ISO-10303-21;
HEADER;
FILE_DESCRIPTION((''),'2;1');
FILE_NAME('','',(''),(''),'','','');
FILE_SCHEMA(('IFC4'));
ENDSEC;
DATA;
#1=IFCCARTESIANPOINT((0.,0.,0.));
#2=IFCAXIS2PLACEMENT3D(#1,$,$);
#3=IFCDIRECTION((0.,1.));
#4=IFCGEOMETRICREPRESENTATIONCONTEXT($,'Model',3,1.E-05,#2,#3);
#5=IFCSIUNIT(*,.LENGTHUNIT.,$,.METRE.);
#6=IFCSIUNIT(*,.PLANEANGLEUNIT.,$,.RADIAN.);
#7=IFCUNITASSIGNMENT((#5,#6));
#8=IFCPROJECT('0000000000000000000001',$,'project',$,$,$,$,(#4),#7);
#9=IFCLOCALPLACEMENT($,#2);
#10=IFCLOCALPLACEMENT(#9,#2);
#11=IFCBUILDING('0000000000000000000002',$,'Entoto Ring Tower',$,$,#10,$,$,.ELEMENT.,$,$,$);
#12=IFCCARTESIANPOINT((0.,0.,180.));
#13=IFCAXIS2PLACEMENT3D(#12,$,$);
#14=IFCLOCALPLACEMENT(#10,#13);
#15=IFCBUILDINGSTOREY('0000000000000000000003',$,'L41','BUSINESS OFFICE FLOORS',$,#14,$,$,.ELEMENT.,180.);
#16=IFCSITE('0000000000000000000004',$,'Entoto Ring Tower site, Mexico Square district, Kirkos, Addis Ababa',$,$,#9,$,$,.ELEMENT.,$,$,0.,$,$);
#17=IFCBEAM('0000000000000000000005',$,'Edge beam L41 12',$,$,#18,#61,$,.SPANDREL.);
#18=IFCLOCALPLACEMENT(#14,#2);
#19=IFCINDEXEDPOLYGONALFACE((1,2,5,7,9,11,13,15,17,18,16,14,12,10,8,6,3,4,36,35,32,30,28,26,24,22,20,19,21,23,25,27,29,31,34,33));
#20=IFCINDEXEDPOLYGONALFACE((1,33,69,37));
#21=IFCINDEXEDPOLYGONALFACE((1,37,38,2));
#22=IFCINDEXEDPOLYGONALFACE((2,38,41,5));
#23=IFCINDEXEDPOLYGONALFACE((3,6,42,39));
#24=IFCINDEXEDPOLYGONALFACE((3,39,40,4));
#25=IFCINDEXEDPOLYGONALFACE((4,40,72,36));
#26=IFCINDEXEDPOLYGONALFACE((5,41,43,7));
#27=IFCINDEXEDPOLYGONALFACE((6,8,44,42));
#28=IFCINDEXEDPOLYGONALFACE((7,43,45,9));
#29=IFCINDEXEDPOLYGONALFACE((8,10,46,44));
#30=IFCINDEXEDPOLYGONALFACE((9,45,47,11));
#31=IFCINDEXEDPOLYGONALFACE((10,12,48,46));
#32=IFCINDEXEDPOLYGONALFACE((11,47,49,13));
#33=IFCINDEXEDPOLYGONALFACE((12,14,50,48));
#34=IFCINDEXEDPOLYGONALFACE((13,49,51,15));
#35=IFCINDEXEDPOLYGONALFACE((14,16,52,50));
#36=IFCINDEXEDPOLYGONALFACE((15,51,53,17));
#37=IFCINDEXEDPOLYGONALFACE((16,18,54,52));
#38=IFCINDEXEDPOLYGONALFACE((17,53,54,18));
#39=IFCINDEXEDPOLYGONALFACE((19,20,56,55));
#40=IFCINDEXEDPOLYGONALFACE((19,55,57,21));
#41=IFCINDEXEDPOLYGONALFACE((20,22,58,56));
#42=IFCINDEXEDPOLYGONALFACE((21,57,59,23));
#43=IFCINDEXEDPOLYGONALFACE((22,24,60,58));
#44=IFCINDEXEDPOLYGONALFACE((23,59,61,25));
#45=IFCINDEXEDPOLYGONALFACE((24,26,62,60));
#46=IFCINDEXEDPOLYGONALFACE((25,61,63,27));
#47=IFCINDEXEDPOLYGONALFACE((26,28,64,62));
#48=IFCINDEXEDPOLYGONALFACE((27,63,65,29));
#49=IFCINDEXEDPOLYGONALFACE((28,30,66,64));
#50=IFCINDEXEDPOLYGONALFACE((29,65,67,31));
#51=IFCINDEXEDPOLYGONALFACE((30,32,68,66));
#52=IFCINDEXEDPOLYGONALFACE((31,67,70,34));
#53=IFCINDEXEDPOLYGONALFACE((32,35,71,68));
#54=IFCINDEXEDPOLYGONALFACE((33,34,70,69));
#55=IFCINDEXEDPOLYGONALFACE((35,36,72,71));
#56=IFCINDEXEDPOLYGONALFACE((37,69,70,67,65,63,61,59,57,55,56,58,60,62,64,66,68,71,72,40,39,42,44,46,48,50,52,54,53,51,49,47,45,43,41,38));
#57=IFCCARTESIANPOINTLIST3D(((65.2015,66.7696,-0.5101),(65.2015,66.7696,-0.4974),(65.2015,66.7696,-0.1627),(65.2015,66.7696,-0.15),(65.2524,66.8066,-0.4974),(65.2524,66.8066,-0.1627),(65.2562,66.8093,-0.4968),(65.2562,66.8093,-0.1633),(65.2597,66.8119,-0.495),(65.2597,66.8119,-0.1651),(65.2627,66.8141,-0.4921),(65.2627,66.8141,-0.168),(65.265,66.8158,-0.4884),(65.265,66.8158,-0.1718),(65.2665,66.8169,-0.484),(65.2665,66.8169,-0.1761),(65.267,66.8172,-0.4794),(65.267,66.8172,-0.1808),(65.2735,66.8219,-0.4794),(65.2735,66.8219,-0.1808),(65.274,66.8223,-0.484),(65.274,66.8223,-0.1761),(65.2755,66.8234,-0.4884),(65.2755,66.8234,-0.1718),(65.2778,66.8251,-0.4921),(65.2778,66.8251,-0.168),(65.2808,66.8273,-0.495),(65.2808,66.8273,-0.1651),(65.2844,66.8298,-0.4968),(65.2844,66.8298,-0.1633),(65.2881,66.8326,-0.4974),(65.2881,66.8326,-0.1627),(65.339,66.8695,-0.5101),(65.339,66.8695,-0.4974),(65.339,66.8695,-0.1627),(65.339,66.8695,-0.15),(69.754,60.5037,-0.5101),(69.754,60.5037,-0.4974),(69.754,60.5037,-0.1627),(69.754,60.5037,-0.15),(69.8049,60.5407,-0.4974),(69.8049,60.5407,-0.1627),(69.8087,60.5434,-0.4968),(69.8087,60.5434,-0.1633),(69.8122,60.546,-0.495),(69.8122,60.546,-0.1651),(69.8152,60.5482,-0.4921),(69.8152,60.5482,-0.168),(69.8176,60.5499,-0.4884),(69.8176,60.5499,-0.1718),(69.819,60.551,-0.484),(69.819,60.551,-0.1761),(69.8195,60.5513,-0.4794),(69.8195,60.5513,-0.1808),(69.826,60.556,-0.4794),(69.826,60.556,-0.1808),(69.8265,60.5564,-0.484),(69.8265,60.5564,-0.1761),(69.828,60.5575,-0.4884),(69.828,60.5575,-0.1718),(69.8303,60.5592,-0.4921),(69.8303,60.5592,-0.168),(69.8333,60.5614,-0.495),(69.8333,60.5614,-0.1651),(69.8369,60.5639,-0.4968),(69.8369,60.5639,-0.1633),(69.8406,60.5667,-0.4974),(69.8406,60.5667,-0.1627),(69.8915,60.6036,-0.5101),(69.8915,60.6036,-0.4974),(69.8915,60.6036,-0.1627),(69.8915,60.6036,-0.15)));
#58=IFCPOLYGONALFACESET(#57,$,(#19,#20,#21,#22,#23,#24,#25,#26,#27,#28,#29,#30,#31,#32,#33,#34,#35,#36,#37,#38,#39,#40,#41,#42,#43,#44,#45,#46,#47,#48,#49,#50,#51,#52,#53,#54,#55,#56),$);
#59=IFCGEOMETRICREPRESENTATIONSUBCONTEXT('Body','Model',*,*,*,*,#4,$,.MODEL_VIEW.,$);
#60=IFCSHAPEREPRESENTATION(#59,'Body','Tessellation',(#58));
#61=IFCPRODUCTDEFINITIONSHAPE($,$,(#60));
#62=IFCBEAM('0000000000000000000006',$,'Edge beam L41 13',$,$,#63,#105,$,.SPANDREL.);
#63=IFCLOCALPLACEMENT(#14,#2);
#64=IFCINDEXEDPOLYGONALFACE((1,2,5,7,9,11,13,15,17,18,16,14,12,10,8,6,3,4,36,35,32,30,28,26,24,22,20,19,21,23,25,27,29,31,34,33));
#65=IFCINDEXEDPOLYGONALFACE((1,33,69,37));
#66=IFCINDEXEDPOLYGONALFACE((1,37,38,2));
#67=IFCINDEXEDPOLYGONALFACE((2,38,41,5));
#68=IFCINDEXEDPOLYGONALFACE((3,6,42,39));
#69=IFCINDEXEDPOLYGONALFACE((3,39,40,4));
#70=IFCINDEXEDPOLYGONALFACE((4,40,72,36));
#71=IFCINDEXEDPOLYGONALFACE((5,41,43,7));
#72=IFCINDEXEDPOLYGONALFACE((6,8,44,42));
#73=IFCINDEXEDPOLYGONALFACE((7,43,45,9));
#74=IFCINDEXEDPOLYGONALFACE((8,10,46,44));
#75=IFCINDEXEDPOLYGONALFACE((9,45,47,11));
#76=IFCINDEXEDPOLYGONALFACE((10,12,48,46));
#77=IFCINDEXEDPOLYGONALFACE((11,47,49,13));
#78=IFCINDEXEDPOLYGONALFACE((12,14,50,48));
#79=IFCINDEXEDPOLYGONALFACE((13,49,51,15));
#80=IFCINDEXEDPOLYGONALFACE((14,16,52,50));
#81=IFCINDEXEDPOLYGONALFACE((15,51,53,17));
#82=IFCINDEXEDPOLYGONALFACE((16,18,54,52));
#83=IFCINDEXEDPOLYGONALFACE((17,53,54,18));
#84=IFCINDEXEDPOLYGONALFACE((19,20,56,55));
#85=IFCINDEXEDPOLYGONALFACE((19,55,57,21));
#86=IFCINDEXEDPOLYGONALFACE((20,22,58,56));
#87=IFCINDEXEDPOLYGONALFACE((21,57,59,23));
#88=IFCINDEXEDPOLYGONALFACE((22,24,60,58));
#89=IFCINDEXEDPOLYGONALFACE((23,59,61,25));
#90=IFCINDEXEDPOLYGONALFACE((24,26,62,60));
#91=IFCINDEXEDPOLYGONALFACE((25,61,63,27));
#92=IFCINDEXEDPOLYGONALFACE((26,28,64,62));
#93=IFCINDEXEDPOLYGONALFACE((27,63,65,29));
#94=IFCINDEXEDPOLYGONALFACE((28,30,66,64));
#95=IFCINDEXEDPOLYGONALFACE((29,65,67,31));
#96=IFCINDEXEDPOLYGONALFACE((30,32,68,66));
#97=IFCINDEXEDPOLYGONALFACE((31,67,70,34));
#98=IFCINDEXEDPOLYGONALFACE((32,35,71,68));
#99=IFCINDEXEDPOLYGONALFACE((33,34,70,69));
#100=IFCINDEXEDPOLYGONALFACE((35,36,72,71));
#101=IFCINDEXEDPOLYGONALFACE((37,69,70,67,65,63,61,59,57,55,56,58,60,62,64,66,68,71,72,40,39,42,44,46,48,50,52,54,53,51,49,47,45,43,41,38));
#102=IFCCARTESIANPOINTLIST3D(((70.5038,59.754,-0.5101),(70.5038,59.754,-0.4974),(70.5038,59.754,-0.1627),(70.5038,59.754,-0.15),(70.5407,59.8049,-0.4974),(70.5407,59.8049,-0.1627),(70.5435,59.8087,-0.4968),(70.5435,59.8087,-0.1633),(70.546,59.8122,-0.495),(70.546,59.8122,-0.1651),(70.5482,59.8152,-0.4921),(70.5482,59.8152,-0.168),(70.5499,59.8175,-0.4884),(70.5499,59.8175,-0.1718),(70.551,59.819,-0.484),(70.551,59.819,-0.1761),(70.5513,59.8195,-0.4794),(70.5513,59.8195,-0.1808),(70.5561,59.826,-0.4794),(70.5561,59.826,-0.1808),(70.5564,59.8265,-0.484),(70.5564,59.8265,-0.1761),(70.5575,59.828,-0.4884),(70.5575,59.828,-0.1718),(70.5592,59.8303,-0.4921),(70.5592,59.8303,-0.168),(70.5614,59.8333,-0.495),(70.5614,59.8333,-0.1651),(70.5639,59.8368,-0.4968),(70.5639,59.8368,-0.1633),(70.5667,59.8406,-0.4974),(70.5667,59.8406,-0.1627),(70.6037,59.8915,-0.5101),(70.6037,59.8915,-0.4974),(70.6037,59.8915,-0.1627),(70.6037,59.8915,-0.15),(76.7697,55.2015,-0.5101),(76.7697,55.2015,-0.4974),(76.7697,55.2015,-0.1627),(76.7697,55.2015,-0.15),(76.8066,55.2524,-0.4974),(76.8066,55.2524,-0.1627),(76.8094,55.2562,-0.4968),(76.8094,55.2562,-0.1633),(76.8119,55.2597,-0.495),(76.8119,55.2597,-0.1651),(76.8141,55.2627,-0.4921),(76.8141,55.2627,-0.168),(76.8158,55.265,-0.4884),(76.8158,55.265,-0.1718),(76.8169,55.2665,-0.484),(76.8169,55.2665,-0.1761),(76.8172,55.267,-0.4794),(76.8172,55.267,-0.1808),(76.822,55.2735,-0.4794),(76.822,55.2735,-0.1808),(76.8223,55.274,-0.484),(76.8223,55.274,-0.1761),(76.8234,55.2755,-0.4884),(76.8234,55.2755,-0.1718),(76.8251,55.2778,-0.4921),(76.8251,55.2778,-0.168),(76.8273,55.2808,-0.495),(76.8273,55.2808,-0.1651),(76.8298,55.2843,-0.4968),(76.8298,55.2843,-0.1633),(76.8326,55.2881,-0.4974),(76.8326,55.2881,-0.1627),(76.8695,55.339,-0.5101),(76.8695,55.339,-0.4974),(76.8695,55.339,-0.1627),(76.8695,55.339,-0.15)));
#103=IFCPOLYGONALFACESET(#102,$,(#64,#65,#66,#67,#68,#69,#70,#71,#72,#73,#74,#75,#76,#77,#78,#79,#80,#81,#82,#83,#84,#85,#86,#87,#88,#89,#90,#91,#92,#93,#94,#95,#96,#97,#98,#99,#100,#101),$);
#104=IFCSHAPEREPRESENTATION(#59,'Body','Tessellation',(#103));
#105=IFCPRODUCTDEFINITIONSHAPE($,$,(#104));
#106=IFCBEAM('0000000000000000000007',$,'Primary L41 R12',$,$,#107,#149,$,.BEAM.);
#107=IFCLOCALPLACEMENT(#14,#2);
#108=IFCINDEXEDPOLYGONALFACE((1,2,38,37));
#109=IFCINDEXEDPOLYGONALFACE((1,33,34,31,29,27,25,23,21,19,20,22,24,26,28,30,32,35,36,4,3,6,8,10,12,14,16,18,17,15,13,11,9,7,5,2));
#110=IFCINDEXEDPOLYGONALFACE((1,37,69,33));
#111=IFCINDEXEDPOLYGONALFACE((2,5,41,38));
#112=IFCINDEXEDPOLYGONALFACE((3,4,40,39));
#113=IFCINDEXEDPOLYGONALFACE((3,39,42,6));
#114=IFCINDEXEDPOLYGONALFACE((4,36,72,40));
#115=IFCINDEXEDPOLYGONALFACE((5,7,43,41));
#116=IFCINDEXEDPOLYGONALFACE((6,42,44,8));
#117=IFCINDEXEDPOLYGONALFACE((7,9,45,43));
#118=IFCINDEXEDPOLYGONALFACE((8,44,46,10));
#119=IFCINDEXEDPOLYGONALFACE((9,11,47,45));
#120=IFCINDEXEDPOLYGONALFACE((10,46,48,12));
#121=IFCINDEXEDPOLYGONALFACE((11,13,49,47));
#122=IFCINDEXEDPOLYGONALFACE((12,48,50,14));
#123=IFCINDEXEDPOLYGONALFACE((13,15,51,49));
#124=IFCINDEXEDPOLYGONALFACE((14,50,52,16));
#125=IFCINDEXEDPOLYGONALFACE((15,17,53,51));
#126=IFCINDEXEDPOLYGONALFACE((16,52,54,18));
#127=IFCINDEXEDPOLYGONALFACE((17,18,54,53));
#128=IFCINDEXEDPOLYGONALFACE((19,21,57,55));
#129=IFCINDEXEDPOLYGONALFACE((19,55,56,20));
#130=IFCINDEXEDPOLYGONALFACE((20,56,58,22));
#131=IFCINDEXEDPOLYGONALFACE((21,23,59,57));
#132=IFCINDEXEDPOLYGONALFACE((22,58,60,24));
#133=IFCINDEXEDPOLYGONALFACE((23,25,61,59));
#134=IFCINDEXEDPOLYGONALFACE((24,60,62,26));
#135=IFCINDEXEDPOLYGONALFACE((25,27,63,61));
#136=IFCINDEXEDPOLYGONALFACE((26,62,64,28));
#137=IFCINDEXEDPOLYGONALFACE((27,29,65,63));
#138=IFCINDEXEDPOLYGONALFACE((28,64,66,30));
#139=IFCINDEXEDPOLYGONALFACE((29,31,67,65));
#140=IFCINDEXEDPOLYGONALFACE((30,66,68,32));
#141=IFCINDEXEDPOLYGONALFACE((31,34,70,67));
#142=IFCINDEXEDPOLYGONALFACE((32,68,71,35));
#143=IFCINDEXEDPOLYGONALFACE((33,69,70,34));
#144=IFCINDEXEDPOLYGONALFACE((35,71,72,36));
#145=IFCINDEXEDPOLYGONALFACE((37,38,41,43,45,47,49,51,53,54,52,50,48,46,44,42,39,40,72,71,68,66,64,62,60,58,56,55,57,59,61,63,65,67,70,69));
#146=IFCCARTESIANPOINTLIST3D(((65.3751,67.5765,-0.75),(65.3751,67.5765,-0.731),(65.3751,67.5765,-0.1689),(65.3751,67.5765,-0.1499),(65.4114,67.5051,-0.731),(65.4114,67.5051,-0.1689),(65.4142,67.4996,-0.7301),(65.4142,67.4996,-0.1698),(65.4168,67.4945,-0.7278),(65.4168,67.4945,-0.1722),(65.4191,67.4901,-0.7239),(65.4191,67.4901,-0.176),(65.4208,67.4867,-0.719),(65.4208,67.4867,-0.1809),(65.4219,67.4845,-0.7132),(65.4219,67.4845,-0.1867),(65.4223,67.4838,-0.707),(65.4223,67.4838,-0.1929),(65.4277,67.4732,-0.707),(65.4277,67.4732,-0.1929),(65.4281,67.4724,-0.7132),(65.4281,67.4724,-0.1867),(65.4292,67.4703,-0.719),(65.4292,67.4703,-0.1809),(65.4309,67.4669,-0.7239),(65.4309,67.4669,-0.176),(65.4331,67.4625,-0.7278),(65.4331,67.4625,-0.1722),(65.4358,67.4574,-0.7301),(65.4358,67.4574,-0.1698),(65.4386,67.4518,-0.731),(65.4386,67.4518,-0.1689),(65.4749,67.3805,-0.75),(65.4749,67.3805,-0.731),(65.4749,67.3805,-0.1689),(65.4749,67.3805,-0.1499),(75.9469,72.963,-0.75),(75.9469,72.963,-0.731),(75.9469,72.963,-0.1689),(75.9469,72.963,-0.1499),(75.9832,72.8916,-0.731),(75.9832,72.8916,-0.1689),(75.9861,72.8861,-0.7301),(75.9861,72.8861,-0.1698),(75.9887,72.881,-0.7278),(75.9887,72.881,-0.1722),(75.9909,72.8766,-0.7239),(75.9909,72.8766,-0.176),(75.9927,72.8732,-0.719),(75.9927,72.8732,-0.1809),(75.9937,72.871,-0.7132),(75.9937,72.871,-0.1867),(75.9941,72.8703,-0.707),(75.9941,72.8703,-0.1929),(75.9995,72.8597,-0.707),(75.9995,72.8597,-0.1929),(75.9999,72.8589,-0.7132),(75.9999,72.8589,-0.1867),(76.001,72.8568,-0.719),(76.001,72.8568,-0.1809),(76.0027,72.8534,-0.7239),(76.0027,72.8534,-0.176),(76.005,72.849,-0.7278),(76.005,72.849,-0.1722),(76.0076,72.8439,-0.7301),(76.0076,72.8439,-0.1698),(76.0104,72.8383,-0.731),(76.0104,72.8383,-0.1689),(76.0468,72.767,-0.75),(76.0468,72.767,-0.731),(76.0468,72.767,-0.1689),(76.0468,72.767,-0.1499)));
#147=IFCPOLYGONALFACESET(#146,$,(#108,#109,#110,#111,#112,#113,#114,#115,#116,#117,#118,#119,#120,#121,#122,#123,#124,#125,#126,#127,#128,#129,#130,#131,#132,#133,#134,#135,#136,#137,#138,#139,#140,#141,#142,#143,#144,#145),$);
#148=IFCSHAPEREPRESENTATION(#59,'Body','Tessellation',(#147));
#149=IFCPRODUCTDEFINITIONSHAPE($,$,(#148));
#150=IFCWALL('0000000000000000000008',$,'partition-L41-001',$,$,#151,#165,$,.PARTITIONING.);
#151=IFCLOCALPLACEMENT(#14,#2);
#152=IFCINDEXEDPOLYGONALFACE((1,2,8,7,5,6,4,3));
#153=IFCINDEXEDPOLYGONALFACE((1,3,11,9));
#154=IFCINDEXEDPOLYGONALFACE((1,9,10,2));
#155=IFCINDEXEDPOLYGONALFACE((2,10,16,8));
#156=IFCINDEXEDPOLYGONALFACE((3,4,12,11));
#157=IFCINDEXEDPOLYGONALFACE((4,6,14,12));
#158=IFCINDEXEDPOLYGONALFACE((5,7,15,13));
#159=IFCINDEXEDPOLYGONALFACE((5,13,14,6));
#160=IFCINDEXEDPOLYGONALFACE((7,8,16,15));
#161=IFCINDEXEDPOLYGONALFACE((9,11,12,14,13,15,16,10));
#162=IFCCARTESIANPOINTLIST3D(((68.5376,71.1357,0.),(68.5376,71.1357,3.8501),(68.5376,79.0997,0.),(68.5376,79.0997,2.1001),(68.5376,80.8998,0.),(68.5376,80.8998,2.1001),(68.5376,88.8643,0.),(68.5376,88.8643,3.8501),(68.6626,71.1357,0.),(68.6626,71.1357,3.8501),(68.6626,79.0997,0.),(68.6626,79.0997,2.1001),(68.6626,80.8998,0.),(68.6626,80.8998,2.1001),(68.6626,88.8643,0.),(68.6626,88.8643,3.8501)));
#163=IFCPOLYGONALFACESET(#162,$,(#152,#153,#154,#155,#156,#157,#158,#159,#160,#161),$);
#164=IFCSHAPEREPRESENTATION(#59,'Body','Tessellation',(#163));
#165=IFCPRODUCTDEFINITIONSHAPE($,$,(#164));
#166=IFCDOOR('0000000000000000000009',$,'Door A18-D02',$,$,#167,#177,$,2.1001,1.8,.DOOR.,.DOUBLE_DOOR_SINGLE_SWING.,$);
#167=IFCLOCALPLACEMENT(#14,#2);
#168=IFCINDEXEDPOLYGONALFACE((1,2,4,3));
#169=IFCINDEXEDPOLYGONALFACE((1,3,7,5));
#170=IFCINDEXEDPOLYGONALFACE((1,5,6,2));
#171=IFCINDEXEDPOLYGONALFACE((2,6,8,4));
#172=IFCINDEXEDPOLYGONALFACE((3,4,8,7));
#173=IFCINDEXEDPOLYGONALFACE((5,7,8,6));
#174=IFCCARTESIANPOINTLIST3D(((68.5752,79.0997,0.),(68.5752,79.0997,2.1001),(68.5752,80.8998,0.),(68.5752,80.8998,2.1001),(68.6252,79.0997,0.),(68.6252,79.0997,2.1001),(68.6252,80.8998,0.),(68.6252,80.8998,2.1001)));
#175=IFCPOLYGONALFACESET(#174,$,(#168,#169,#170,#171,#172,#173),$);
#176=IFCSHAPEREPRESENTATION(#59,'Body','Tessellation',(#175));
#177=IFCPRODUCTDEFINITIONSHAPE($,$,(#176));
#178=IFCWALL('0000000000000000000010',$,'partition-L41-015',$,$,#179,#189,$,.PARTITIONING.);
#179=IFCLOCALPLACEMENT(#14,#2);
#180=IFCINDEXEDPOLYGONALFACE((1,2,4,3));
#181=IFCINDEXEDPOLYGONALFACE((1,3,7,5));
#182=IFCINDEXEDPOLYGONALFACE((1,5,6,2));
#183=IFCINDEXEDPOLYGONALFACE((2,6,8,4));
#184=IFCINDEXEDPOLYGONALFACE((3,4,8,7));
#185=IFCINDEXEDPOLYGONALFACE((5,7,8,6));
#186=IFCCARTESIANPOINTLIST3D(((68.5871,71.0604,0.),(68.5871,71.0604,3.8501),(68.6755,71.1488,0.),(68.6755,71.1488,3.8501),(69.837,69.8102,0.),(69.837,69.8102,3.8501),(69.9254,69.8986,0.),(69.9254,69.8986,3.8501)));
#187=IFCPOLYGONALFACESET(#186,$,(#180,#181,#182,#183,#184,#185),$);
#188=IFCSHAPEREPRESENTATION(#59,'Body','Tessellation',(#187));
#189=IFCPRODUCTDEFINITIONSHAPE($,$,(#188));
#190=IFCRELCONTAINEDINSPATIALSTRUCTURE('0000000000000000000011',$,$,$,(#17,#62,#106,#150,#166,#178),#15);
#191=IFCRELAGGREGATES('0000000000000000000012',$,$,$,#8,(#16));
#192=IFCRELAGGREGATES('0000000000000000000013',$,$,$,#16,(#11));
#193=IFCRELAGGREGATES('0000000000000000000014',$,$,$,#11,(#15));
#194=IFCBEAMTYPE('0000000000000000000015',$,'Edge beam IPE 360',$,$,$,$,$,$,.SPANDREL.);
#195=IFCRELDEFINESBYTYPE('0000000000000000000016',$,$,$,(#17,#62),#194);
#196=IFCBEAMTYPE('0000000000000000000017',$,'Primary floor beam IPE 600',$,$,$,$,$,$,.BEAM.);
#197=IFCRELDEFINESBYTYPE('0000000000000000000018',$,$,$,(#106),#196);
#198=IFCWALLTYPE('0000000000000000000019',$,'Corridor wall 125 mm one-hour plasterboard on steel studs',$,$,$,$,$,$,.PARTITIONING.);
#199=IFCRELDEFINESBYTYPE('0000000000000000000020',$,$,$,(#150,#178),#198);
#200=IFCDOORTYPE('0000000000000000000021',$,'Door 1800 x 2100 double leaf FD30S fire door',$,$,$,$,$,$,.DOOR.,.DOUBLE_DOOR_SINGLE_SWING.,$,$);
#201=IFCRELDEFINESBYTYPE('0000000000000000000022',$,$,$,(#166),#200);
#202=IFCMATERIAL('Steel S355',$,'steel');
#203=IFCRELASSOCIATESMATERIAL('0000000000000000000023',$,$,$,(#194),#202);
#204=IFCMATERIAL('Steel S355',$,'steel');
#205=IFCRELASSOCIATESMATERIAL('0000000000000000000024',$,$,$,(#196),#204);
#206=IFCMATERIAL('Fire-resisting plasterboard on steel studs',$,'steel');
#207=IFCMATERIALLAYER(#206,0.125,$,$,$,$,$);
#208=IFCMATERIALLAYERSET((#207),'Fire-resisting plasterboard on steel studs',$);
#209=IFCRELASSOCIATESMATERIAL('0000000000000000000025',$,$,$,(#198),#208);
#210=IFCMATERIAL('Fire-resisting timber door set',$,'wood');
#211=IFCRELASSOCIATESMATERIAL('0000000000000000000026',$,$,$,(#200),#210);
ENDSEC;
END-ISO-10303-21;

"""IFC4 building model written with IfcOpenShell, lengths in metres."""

from ifc_helpers import new_model, si_unit, direction, frame, frame_2d, origin, origin_2d, place, context, subcontext, project, spatial, rectangle, i_section, extrude, material, layer, layer_set, material_profile, profile_set, type_object, element, fill, save


model = new_model("IFC4")

# Units and contexts
model_context = context("Model", 3, precision=1e-05, world=origin(), true_north=direction((0.0, 1.0)))
body_context = subcontext(model_context, "Body", "Model", "MODEL_VIEW")
ifc_project = project(units=[si_unit("LENGTHUNIT", "METRE"), si_unit("PLANEANGLEUNIT", "RADIAN")], contexts=[model_context])

# Site, building, storey
site_placement = place(None, origin())
site = spatial("IfcSite", under=ifc_project, at=site_placement, Name="Entoto Ring Tower site, Mexico Square district, Kirkos, Addis Ababa", CompositionType="ELEMENT", RefElevation=0.0)
building_placement = place(site_placement, origin())
building = spatial("IfcBuilding", under=site, at=building_placement, Name="Entoto Ring Tower", CompositionType="ELEMENT")
storey_placement = place(building_placement, frame((0.0, 0.0, 180.0)))
storey = spatial("IfcBuildingStorey", under=building, at=storey_placement, Name="L41", Description="BUSINESS OFFICE FLOORS", CompositionType="ELEMENT", Elevation=180.0)

# Beams
ifc_material_1 = material(Name="Steel S355", Category="steel")
ifc_material_profile_1 = material_profile(ifc_material_1, i_section(OverallWidth=0.1699, OverallDepth=0.3601, WebThickness=0.0081, FlangeThickness=0.0127, FilletRadius=0.0181, at=origin_2d()), Name="IPE 360")
ifc_profile_set_1 = profile_set([ifc_material_profile_1], Name="Steel S355")
beam_type_1 = type_object("IfcBeamType", Name="Edge beam IPE 360", PredefinedType="SPANDREL", material=ifc_profile_set_1)
for number, where, z_axis, x_axis, name in (
    (1, (65.2703, 66.8196, -0.3301), (0.587791, -0.809013, 0.0), (0.809013, 0.587791, 0.0), "Edge beam L41 12"),
    (2, (70.5537, 59.8228, -0.3301), (0.809013, -0.587791, 0.0), (0.587791, 0.809013, 0.0), "Edge beam L41 13"),
):
    element("IfcBeam", number, at=place(storey_placement, frame(where, z_axis=z_axis, x_axis=x_axis)), inside=storey, type_object=beam_type_1, Name=name, PredefinedType="SPANDREL", context=body_context, shape_type="SweptSolid", body=[
        extrude(i_section(OverallWidth=0.1699, OverallDepth=0.3601, WebThickness=0.0081, FlangeThickness=0.0127, FilletRadius=0.0181, at=origin_2d()), origin(), (0.0, 0.0, 1.0), 7.7451),
    ])
ifc_material_2 = material(Name="Steel S355", Category="steel")
ifc_material_profile_2 = material_profile(ifc_material_2, i_section(OverallWidth=0.22, OverallDepth=0.6001, WebThickness=0.012, FlangeThickness=0.019, FilletRadius=0.0239, at=origin_2d()), Name="IPE 600")
ifc_profile_set_2 = profile_set([ifc_material_profile_2], Name="Steel S355")
beam_type_2 = type_object("IfcBeamType", Name="Primary floor beam IPE 600", PredefinedType="BEAM", material=ifc_profile_set_2)
beam_placement = place(storey_placement, frame((75.9968, 72.865, -0.45), z_axis=(-0.89101, -0.453983, 0.0), x_axis=(0.453983, -0.89101, 0.0)))
element("IfcBeam", 3, at=beam_placement, inside=storey, type_object=beam_type_2, Name="Primary L41 R12", PredefinedType="BEAM", context=body_context, shape_type="SweptSolid", body=[
    extrude(i_section(OverallWidth=0.22, OverallDepth=0.6001, WebThickness=0.012, FlangeThickness=0.019, FilletRadius=0.0239, at=origin_2d()), origin(), (0.0, 0.0, 1.0), 11.865),
])

# Wall, opening, door
ifc_material_3 = material(Name="Fire-resisting plasterboard on steel studs", Category="steel")
ifc_layer_1 = layer(ifc_material_3, 0.125)
ifc_layer_set_1 = layer_set([ifc_layer_1], Name="Fire-resisting plasterboard on steel studs")
wall_type_1 = type_object("IfcWallType", Name="Corridor wall 125 mm one-hour plasterboard on steel studs", PredefinedType="PARTITIONING", material=ifc_layer_set_1)
wall_1_placement = place(storey_placement, frame((68.6001, 71.1357, 0.0), z_axis=(0.0, 0.0, 1.0), x_axis=(0.0, 1.0, 0.0)))
wall_1 = element("IfcWall", 4, at=wall_1_placement, inside=storey, type_object=wall_type_1, Name="partition-L41-001", PredefinedType="PARTITIONING", context=body_context, shape_type="SweptSolid", body=[
    extrude(rectangle(XDim=17.7285, YDim=0.125, at=frame_2d((8.8643, 0.0))), origin(), (0.0, 0.0, 1.0), 3.8501),
])
opening_1_placement = place(wall_1_placement, frame((7.9641, 0.0, 0.0)))
opening_1 = element("IfcOpeningElement", 5, at=opening_1_placement, cuts=wall_1, PredefinedType="OPENING", context=body_context, shape_type="SweptSolid", body=[
    extrude(rectangle(XDim=1.8, YDim=2.1001, at=frame_2d((0.8999, 1.05))), frame((0.0, 0.0725, 0.0), z_axis=(0.0, -1.0, 0.0), x_axis=(1.0, 0.0, 0.0)), (0.0, 0.0, 1.0), 0.145),
])
ifc_material_4 = material(Name="Fire-resisting timber door set", Category="wood")
door_type_1 = type_object("IfcDoorType", Name="Door 1800 x 2100 double leaf FD30S fire door", OperationType="DOUBLE_DOOR_SINGLE_SWING", PredefinedType="DOOR", material=ifc_material_4)
door_1_placement = place(opening_1_placement, origin())
door_1 = element("IfcDoor", 6, at=door_1_placement, inside=storey, type_object=door_type_1, Name="Door A18-D02", OperationType="DOUBLE_DOOR_SINGLE_SWING", OverallHeight=2.1001, OverallWidth=1.8, PredefinedType="DOOR", context=body_context, shape_type="SweptSolid", body=[
    extrude(rectangle(XDim=1.8, YDim=2.1001, at=frame_2d((0.8999, 1.05))), frame((0.0, 0.0249, 0.0), z_axis=(0.0, -1.0, 0.0), x_axis=(1.0, 0.0, 0.0)), (0.0, 0.0, 1.0), 0.05),
])
fill(opening_1, door_1)

# Wall
wall_2_placement = place(storey_placement, frame((69.8811, 69.8545, 0.0), z_axis=(0.0, 0.0, 1.0), x_axis=(-0.707038, 0.707176, 0.0)))
element("IfcWall", 7, at=wall_2_placement, inside=storey, type_object=wall_type_1, Name="partition-L41-015", PredefinedType="PARTITIONING", context=body_context, shape_type="SweptSolid", body=[
    extrude(rectangle(XDim=1.7678, YDim=0.125, at=frame_2d((0.8838, 0.0))), origin(), (0.0, 0.0, 1.0), 3.8501),
])

save(model, "model.ifc")
